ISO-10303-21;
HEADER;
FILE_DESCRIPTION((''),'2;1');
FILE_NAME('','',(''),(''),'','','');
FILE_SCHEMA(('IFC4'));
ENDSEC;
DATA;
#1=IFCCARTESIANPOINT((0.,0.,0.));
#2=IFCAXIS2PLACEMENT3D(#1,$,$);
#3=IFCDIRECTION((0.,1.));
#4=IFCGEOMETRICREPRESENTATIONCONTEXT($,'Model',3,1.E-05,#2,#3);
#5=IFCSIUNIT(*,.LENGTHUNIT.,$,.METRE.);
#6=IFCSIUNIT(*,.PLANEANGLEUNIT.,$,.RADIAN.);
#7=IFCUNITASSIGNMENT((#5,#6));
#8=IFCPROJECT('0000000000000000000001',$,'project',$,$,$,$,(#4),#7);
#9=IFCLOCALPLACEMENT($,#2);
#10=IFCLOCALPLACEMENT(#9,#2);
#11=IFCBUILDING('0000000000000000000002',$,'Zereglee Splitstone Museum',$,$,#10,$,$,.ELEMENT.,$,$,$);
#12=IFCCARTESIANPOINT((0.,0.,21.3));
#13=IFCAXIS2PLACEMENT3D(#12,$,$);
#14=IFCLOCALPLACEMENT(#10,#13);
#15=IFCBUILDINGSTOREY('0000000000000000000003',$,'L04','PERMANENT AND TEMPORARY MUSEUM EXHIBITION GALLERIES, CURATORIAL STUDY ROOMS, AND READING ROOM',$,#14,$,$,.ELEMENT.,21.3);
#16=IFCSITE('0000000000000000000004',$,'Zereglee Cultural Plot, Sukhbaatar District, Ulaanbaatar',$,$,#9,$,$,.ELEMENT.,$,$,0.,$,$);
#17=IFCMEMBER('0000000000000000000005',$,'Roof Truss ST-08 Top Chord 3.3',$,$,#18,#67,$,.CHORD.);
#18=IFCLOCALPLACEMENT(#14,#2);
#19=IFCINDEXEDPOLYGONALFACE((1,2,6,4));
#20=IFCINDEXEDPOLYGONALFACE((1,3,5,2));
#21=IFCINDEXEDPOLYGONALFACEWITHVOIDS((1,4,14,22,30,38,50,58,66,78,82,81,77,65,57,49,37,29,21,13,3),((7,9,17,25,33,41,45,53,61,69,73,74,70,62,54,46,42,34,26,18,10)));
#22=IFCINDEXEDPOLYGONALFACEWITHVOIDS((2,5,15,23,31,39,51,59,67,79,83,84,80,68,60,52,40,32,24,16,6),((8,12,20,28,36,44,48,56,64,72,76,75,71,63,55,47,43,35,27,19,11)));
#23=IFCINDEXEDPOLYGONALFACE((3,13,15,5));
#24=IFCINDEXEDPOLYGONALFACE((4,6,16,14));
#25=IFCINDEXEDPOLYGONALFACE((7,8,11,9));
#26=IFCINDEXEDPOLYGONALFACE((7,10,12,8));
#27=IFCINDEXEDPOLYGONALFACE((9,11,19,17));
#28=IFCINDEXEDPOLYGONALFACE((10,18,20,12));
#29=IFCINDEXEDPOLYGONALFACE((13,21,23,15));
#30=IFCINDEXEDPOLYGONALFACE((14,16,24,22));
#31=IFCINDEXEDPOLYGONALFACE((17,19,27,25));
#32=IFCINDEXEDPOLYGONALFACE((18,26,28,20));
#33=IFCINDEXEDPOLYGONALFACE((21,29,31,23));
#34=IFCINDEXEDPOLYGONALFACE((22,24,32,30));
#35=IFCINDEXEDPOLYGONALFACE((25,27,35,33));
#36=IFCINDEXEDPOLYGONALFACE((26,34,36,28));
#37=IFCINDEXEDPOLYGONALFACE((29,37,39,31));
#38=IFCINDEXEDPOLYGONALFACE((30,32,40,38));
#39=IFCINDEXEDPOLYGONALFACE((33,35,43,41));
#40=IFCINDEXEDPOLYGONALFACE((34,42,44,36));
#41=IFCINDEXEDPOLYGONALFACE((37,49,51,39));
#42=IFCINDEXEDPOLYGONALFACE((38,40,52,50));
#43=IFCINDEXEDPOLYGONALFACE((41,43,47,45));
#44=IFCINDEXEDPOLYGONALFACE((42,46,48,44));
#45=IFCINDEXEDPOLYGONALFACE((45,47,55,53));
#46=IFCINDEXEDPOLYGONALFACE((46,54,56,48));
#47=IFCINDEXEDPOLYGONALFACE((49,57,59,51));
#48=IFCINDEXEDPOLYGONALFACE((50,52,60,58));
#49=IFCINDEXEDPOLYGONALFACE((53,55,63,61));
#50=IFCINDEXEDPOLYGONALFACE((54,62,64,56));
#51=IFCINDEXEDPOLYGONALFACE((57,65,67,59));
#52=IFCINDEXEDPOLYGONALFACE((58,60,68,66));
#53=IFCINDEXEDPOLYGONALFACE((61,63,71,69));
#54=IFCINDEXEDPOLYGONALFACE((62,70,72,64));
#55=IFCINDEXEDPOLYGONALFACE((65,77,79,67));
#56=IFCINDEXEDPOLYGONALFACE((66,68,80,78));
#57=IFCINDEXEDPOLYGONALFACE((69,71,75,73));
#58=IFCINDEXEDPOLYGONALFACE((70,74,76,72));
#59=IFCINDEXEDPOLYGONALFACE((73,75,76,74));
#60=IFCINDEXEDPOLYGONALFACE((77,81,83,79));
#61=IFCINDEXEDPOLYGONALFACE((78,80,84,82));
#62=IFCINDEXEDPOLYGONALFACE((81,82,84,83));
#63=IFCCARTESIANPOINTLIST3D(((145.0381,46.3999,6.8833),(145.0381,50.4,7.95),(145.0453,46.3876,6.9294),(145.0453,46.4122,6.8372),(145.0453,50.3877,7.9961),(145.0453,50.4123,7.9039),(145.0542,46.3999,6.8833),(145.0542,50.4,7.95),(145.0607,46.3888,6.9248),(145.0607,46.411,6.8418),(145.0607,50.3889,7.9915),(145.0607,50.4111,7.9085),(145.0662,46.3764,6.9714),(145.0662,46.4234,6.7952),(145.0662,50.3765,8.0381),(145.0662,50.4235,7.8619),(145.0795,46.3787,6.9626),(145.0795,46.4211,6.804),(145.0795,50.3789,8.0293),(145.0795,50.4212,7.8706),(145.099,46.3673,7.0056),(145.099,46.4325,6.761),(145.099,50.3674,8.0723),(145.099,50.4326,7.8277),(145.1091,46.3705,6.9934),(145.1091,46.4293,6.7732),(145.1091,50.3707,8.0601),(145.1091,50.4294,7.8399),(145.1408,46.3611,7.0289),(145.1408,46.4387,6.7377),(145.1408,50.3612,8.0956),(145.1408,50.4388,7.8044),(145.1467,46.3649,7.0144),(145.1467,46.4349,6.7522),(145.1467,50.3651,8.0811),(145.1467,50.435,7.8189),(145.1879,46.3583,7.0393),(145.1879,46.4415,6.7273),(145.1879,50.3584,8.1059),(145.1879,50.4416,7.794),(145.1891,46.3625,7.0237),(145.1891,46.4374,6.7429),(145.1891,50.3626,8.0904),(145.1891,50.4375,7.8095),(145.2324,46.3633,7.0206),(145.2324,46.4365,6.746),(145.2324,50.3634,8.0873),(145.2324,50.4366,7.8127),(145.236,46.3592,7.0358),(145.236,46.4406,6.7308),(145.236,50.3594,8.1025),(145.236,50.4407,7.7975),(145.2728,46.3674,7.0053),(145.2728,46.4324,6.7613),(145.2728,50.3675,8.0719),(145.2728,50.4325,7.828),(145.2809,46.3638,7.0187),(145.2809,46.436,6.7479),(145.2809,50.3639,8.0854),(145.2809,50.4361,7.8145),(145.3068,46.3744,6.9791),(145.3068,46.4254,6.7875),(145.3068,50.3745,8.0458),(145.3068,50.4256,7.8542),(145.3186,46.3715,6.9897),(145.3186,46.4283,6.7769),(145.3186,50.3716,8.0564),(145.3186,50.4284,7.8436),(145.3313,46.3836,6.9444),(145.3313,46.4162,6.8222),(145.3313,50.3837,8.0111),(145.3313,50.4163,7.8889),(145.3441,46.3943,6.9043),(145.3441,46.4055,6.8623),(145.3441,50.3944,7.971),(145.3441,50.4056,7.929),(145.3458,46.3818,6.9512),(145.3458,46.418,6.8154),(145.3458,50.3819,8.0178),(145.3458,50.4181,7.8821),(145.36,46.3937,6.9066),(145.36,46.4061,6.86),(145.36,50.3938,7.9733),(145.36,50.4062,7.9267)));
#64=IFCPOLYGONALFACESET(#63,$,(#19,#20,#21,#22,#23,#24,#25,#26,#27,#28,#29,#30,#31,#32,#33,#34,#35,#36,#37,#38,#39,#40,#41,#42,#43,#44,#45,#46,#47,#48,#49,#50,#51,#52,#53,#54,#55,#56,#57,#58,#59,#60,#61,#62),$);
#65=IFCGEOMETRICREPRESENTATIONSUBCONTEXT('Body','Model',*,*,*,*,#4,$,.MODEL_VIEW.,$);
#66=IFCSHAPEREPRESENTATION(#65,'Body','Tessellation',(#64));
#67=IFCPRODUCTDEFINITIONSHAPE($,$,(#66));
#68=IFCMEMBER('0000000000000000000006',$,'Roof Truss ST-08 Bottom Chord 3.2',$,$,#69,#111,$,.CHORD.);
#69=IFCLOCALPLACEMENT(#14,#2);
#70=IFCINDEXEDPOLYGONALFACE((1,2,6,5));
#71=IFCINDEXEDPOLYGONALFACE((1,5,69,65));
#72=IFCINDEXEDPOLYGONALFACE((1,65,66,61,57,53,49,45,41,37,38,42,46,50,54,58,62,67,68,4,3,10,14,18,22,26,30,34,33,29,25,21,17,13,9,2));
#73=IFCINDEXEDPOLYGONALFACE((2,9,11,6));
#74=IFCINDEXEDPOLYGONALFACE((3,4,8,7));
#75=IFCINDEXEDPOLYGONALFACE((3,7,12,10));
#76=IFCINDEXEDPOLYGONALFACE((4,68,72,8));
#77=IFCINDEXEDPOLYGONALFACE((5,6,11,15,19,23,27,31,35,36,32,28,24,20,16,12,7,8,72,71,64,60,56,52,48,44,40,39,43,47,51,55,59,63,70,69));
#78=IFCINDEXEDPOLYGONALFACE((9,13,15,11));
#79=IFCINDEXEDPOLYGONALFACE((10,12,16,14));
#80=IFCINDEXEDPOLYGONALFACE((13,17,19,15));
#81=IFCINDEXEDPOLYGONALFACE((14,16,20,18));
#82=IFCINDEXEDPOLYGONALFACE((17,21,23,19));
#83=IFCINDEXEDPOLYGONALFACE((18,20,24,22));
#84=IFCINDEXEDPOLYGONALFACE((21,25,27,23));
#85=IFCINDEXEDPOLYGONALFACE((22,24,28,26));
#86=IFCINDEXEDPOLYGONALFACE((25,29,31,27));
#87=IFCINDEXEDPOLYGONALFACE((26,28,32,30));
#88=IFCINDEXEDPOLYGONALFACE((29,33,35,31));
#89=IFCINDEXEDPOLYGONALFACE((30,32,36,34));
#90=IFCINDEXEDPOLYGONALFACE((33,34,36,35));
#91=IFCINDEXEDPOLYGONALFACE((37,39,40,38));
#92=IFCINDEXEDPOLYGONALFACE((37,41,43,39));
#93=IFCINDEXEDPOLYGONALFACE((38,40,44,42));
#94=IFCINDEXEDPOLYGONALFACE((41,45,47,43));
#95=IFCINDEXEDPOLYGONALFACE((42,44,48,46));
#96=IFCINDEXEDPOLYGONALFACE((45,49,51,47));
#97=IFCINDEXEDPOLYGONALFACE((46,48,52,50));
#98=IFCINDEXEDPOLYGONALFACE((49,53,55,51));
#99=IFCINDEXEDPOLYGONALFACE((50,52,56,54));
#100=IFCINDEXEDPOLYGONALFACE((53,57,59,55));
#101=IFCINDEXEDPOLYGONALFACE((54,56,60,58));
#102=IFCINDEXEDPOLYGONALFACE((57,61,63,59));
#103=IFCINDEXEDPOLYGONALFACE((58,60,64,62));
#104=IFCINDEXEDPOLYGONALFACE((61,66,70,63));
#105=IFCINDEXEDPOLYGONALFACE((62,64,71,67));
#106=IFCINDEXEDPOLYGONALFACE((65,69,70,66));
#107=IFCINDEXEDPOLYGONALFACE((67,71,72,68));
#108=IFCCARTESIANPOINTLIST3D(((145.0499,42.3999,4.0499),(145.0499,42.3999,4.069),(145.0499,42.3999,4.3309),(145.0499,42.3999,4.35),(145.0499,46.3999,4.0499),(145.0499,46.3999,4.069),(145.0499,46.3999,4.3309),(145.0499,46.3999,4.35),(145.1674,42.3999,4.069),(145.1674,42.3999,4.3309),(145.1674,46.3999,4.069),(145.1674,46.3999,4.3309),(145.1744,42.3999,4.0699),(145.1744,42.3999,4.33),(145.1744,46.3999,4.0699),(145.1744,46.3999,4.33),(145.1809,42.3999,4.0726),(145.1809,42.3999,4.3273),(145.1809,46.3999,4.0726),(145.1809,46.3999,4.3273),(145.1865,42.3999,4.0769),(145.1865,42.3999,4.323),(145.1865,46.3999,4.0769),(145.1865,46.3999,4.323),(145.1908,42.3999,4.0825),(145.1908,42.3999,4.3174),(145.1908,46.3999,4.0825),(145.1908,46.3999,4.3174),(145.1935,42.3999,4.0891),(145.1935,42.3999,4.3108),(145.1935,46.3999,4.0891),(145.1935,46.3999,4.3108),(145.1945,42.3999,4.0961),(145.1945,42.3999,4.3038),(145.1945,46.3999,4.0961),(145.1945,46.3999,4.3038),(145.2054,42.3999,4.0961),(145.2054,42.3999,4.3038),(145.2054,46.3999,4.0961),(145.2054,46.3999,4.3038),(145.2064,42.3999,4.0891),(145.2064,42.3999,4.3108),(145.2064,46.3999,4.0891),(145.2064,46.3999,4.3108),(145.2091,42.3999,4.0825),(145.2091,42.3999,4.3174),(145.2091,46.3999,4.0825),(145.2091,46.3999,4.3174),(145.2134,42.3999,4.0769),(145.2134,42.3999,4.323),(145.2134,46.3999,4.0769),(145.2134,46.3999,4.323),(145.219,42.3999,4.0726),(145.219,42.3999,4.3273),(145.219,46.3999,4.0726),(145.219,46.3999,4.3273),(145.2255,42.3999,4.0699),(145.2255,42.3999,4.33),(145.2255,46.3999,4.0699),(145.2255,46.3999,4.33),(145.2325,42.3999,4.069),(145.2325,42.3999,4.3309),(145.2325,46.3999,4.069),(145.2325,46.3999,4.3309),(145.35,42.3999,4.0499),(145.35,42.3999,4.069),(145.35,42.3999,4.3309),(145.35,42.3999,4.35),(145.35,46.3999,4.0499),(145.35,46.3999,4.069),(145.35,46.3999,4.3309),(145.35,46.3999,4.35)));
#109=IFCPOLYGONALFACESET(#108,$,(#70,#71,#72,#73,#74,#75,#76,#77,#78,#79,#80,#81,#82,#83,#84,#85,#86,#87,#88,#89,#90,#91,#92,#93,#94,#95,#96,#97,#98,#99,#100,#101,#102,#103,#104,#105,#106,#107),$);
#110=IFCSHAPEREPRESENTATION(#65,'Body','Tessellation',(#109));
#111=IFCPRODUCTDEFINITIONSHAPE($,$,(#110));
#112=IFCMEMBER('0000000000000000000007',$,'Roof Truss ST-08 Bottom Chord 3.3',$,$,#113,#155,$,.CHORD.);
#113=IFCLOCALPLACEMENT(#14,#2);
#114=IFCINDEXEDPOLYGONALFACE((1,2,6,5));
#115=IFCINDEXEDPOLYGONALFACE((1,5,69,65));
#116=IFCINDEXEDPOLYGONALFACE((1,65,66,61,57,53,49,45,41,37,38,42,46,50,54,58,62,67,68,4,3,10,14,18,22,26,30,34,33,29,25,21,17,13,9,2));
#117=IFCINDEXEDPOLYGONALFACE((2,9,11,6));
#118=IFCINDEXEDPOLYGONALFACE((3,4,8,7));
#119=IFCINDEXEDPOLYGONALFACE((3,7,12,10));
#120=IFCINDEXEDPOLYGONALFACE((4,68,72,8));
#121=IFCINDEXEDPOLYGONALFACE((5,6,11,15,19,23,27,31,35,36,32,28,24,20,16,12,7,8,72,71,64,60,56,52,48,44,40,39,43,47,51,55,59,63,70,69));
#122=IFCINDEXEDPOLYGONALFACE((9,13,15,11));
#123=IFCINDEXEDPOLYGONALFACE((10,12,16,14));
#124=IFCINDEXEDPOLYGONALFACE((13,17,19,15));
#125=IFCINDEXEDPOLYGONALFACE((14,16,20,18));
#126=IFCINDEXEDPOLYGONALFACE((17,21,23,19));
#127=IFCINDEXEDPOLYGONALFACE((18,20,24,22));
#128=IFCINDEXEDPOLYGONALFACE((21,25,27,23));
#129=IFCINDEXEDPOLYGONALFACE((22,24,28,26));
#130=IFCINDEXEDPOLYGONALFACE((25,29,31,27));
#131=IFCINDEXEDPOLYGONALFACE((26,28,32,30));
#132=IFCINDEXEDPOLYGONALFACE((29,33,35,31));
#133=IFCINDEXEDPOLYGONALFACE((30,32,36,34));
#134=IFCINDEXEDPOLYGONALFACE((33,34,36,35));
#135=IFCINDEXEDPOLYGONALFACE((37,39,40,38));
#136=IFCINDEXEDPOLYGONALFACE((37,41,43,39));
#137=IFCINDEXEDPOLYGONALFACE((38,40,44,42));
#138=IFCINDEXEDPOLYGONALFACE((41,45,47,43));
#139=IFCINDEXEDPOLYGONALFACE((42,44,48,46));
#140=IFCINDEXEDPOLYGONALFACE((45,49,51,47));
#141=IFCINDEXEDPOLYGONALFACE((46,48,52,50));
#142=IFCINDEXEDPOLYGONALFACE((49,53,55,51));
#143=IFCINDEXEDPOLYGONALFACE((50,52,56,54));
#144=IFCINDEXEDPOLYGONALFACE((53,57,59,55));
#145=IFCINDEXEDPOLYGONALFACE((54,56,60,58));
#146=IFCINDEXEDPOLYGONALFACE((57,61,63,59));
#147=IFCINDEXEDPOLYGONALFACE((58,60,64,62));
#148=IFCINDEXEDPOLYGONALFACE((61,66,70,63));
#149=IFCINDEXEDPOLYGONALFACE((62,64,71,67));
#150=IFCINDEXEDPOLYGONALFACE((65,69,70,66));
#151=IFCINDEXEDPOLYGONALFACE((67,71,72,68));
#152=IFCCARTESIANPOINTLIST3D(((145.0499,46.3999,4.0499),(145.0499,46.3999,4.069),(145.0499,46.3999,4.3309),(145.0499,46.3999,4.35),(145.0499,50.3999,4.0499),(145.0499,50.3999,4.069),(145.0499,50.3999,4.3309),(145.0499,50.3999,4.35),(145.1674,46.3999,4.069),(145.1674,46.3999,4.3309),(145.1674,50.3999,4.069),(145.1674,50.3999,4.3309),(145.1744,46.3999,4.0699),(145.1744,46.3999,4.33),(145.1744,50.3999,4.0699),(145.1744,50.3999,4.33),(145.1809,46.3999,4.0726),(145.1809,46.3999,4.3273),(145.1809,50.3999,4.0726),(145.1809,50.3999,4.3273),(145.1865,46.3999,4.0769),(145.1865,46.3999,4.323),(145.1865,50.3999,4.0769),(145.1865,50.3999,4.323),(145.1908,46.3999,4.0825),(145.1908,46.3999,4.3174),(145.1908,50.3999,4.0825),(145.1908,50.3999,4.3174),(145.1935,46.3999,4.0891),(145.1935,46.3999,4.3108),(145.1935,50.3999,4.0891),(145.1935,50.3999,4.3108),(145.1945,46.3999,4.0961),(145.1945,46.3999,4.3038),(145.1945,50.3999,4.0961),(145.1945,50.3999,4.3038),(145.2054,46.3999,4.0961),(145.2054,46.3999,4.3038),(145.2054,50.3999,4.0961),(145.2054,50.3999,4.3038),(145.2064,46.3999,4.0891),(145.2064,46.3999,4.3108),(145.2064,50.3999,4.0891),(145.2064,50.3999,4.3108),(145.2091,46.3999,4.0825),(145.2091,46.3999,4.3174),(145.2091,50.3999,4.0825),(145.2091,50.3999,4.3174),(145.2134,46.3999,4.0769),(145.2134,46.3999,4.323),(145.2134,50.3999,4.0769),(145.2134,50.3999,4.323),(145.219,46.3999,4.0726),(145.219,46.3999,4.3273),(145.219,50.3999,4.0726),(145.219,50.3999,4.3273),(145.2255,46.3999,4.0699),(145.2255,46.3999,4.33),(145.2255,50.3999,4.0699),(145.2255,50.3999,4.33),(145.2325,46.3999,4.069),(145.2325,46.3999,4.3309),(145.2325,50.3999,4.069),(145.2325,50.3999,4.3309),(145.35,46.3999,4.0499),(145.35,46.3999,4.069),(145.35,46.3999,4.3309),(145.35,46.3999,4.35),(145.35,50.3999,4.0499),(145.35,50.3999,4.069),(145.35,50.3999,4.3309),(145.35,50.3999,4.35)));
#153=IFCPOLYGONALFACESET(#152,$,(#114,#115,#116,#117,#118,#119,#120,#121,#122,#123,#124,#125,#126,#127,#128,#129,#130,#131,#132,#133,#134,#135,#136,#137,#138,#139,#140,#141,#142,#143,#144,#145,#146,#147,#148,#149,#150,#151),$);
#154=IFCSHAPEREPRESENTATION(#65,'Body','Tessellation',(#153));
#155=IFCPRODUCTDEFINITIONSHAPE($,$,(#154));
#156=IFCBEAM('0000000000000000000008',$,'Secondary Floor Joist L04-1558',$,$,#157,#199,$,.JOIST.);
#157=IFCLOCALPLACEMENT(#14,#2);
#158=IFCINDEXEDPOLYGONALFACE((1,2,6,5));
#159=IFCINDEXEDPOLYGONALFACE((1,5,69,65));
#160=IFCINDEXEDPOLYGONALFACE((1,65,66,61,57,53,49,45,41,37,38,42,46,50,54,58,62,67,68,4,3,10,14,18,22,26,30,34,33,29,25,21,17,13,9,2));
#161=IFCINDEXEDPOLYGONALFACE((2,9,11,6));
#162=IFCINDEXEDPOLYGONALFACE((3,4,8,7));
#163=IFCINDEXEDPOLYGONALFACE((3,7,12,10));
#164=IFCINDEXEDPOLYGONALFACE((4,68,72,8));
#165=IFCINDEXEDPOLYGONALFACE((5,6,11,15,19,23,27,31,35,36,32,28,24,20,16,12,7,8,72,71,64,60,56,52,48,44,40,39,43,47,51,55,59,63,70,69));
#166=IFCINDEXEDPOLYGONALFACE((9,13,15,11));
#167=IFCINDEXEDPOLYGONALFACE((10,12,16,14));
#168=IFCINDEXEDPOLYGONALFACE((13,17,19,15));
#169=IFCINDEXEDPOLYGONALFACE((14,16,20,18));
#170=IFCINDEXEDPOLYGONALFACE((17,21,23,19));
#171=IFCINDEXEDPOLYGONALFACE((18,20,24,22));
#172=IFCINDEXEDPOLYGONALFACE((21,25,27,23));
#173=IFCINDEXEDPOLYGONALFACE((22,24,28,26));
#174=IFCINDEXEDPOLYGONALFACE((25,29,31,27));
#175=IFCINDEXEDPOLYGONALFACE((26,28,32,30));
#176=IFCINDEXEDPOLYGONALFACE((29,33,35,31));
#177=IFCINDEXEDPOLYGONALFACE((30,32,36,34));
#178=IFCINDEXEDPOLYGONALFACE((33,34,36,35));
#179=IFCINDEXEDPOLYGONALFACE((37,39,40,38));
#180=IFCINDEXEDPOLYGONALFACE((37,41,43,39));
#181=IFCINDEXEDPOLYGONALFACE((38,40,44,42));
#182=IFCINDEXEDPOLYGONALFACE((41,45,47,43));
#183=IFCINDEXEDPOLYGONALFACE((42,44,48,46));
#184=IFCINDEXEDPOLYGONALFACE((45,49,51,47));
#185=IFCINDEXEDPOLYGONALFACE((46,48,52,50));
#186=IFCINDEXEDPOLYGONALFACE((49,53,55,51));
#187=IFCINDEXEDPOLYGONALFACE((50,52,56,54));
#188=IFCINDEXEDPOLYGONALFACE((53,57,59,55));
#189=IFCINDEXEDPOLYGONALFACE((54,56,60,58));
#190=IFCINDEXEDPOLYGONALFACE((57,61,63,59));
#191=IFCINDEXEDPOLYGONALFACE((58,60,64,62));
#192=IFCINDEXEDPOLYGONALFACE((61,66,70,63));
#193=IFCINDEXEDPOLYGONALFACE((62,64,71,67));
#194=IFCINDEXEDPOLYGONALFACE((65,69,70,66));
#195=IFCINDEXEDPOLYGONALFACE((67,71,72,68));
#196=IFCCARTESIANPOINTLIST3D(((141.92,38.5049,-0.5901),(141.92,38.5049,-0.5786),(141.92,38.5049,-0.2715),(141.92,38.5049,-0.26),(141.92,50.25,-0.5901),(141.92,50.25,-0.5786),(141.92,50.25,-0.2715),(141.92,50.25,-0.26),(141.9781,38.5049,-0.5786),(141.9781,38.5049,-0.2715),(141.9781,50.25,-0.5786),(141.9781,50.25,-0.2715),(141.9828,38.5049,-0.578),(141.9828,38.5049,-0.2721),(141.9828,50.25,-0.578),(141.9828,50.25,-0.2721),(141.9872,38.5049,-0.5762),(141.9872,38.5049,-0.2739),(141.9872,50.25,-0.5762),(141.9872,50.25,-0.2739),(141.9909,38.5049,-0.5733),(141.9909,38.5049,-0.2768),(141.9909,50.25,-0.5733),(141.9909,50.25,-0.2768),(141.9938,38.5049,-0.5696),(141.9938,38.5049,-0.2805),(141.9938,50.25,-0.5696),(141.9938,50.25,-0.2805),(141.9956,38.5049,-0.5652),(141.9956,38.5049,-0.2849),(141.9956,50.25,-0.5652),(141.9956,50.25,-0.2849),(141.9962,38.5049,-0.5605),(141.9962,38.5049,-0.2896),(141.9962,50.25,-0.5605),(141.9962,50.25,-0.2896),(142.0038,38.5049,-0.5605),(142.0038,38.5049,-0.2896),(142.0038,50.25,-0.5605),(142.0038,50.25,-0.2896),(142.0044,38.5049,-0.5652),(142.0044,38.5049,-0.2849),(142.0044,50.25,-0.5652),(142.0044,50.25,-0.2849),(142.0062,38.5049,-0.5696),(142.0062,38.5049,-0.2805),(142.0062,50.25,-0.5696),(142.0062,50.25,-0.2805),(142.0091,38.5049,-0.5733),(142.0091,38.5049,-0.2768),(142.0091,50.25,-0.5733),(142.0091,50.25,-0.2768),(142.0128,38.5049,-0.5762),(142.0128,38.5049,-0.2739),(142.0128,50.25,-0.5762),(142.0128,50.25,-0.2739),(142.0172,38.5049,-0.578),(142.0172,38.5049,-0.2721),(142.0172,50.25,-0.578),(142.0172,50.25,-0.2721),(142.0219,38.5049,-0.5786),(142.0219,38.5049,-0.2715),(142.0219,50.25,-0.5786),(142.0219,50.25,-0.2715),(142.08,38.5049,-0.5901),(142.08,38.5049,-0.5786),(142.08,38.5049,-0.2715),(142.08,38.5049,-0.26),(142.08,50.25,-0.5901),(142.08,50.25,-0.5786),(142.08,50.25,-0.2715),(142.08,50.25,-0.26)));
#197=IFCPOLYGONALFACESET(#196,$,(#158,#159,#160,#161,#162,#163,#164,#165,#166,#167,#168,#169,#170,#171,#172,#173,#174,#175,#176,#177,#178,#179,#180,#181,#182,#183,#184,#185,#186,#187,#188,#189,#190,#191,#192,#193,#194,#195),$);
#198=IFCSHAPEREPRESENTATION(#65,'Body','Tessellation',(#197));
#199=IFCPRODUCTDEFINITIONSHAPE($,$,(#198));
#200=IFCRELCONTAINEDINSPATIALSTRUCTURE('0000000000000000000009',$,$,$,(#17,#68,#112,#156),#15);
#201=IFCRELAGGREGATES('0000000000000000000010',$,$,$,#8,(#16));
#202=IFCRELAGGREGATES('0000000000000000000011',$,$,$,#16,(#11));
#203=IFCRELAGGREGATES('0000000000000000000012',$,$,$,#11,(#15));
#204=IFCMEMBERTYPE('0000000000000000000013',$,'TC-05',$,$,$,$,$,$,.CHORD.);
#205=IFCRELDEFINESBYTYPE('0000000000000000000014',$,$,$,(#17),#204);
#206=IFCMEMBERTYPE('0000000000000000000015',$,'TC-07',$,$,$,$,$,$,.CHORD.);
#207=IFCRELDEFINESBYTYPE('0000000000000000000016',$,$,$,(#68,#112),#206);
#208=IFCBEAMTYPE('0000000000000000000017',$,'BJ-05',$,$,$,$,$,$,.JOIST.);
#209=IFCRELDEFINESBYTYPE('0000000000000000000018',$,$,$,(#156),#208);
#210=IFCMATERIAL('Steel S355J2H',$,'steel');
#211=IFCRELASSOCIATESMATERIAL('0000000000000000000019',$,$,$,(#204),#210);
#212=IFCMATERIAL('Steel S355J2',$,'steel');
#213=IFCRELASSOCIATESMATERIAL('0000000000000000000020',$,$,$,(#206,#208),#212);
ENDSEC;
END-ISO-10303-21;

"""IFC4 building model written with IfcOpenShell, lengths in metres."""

from ifc_helpers import new_model, si_unit, direction, frame, origin, origin_2d, place, context, subcontext, project, spatial, hollow_circle, i_section, extrude, material, material_profile, profile_set, type_object, element, save


model = new_model("IFC4")

# Units and contexts
model_context = context("Model", 3, precision=1e-05, world=origin(), true_north=direction((0.0, 1.0)))
body_context = subcontext(model_context, "Body", "Model", "MODEL_VIEW")
ifc_project = project(units=[si_unit("LENGTHUNIT", "METRE"), si_unit("PLANEANGLEUNIT", "RADIAN")], contexts=[model_context])

# Site, building, storey
site_placement = place(None, origin())
site = spatial("IfcSite", under=ifc_project, at=site_placement, Name="Zereglee Cultural Plot, Sukhbaatar District, Ulaanbaatar", CompositionType="ELEMENT", RefElevation=0.0)
building_placement = place(site_placement, origin())
building = spatial("IfcBuilding", under=site, at=building_placement, Name="Zereglee Splitstone Museum", CompositionType="ELEMENT")
storey_placement = place(building_placement, frame((0.0, 0.0, 21.3)))
storey = spatial("IfcBuildingStorey", under=building, at=storey_placement, Name="L04", Description="PERMANENT AND TEMPORARY MUSEUM EXHIBITION GALLERIES, CURATORIAL STUDY ROOMS, AND READING ROOM", CompositionType="ELEMENT", Elevation=21.3)

# Shared definitions
ifc_material_1 = material(Name="Steel S355J2H", Category="steel")

# Members
ifc_material_profile_1 = material_profile(ifc_material_1, hollow_circle(Radius=0.1619, WallThickness=0.0161, at=origin_2d()), Name="CHS 323.9x16")
ifc_profile_set_1 = profile_set([ifc_material_profile_1], Name="Steel S355J2H")
member_type_1 = type_object("IfcMemberType", Name="TC-05", PredefinedType="CHORD", material=ifc_profile_set_1)
for number, where, z_axis, x_axis, name in (
    (1, (145.2, 46.3999, 6.8833), (0.0, 0.966236, 0.257659), (-1.0, 0.0, 0.0), "Roof Truss ST-08 Top Chord 3.3"),
):
    element("IfcMember", number, at=place(storey_placement, frame(where, z_axis=z_axis, x_axis=x_axis)), inside=storey, type_object=member_type_1, Name=name, PredefinedType="CHORD", context=body_context, shape_type="SweptSolid", body=[
        extrude(hollow_circle(Radius=0.1619, WallThickness=0.0161, at=origin_2d()), origin(), (0.0, 0.0, 1.0), 4.1399),
    ])
ifc_material_2 = material(Name="Steel S355J2", Category="steel")
ifc_material_profile_2 = material_profile(ifc_material_2, i_section(OverallWidth=0.3, OverallDepth=0.3, WebThickness=0.011, FlangeThickness=0.019, FilletRadius=0.0271, at=origin_2d()), Name="HE 300 B")
ifc_profile_set_2 = profile_set([ifc_material_profile_2], Name="Steel S355J2")
member_type_2 = type_object("IfcMemberType", Name="TC-07", PredefinedType="CHORD", material=ifc_profile_set_2)
for number, where, z_axis, x_axis, name in (
    (2, (145.2, 42.3999, 4.2), (0.0, 1.0, 0.0), (-1.0, 0.0, 0.0), "Roof Truss ST-08 Bottom Chord 3.2"),
    (3, (145.2, 46.3999, 4.2), (0.0, 1.0, 0.0), (-1.0, 0.0, 0.0), "Roof Truss ST-08 Bottom Chord 3.3"),
):
    element("IfcMember", number, at=place(storey_placement, frame(where, z_axis=z_axis, x_axis=x_axis)), inside=storey, type_object=member_type_2, Name=name, PredefinedType="CHORD", context=body_context, shape_type="SweptSolid", body=[
        extrude(i_section(OverallWidth=0.3, OverallDepth=0.3, WebThickness=0.011, FlangeThickness=0.019, FilletRadius=0.0271, at=origin_2d()), origin(), (0.0, 0.0, 1.0), 4.0),
    ])

# Beam
ifc_material_profile_3 = material_profile(ifc_material_2, i_section(OverallWidth=0.1599, OverallDepth=0.3301, WebThickness=0.0076, FlangeThickness=0.0115, FilletRadius=0.0181, at=origin_2d()), Name="IPE 330")
ifc_profile_set_3 = profile_set([ifc_material_profile_3], Name="Steel S355J2")
beam_type = type_object("IfcBeamType", Name="BJ-05", PredefinedType="JOIST", material=ifc_profile_set_3)
beam_placement = place(storey_placement, frame((142.0, 38.5049, -0.425), z_axis=(0.0, 1.0, 0.0), x_axis=(-1.0, 0.0, 0.0)))
element("IfcBeam", 4, at=beam_placement, inside=storey, type_object=beam_type, Name="Secondary Floor Joist L04-1558", PredefinedType="JOIST", context=body_context, shape_type="SweptSolid", body=[
    extrude(i_section(OverallWidth=0.1599, OverallDepth=0.3301, WebThickness=0.0076, FlangeThickness=0.0115, FilletRadius=0.0181, at=origin_2d()), origin(), (0.0, 0.0, 1.0), 11.7451),
])

save(model, "model.ifc")
